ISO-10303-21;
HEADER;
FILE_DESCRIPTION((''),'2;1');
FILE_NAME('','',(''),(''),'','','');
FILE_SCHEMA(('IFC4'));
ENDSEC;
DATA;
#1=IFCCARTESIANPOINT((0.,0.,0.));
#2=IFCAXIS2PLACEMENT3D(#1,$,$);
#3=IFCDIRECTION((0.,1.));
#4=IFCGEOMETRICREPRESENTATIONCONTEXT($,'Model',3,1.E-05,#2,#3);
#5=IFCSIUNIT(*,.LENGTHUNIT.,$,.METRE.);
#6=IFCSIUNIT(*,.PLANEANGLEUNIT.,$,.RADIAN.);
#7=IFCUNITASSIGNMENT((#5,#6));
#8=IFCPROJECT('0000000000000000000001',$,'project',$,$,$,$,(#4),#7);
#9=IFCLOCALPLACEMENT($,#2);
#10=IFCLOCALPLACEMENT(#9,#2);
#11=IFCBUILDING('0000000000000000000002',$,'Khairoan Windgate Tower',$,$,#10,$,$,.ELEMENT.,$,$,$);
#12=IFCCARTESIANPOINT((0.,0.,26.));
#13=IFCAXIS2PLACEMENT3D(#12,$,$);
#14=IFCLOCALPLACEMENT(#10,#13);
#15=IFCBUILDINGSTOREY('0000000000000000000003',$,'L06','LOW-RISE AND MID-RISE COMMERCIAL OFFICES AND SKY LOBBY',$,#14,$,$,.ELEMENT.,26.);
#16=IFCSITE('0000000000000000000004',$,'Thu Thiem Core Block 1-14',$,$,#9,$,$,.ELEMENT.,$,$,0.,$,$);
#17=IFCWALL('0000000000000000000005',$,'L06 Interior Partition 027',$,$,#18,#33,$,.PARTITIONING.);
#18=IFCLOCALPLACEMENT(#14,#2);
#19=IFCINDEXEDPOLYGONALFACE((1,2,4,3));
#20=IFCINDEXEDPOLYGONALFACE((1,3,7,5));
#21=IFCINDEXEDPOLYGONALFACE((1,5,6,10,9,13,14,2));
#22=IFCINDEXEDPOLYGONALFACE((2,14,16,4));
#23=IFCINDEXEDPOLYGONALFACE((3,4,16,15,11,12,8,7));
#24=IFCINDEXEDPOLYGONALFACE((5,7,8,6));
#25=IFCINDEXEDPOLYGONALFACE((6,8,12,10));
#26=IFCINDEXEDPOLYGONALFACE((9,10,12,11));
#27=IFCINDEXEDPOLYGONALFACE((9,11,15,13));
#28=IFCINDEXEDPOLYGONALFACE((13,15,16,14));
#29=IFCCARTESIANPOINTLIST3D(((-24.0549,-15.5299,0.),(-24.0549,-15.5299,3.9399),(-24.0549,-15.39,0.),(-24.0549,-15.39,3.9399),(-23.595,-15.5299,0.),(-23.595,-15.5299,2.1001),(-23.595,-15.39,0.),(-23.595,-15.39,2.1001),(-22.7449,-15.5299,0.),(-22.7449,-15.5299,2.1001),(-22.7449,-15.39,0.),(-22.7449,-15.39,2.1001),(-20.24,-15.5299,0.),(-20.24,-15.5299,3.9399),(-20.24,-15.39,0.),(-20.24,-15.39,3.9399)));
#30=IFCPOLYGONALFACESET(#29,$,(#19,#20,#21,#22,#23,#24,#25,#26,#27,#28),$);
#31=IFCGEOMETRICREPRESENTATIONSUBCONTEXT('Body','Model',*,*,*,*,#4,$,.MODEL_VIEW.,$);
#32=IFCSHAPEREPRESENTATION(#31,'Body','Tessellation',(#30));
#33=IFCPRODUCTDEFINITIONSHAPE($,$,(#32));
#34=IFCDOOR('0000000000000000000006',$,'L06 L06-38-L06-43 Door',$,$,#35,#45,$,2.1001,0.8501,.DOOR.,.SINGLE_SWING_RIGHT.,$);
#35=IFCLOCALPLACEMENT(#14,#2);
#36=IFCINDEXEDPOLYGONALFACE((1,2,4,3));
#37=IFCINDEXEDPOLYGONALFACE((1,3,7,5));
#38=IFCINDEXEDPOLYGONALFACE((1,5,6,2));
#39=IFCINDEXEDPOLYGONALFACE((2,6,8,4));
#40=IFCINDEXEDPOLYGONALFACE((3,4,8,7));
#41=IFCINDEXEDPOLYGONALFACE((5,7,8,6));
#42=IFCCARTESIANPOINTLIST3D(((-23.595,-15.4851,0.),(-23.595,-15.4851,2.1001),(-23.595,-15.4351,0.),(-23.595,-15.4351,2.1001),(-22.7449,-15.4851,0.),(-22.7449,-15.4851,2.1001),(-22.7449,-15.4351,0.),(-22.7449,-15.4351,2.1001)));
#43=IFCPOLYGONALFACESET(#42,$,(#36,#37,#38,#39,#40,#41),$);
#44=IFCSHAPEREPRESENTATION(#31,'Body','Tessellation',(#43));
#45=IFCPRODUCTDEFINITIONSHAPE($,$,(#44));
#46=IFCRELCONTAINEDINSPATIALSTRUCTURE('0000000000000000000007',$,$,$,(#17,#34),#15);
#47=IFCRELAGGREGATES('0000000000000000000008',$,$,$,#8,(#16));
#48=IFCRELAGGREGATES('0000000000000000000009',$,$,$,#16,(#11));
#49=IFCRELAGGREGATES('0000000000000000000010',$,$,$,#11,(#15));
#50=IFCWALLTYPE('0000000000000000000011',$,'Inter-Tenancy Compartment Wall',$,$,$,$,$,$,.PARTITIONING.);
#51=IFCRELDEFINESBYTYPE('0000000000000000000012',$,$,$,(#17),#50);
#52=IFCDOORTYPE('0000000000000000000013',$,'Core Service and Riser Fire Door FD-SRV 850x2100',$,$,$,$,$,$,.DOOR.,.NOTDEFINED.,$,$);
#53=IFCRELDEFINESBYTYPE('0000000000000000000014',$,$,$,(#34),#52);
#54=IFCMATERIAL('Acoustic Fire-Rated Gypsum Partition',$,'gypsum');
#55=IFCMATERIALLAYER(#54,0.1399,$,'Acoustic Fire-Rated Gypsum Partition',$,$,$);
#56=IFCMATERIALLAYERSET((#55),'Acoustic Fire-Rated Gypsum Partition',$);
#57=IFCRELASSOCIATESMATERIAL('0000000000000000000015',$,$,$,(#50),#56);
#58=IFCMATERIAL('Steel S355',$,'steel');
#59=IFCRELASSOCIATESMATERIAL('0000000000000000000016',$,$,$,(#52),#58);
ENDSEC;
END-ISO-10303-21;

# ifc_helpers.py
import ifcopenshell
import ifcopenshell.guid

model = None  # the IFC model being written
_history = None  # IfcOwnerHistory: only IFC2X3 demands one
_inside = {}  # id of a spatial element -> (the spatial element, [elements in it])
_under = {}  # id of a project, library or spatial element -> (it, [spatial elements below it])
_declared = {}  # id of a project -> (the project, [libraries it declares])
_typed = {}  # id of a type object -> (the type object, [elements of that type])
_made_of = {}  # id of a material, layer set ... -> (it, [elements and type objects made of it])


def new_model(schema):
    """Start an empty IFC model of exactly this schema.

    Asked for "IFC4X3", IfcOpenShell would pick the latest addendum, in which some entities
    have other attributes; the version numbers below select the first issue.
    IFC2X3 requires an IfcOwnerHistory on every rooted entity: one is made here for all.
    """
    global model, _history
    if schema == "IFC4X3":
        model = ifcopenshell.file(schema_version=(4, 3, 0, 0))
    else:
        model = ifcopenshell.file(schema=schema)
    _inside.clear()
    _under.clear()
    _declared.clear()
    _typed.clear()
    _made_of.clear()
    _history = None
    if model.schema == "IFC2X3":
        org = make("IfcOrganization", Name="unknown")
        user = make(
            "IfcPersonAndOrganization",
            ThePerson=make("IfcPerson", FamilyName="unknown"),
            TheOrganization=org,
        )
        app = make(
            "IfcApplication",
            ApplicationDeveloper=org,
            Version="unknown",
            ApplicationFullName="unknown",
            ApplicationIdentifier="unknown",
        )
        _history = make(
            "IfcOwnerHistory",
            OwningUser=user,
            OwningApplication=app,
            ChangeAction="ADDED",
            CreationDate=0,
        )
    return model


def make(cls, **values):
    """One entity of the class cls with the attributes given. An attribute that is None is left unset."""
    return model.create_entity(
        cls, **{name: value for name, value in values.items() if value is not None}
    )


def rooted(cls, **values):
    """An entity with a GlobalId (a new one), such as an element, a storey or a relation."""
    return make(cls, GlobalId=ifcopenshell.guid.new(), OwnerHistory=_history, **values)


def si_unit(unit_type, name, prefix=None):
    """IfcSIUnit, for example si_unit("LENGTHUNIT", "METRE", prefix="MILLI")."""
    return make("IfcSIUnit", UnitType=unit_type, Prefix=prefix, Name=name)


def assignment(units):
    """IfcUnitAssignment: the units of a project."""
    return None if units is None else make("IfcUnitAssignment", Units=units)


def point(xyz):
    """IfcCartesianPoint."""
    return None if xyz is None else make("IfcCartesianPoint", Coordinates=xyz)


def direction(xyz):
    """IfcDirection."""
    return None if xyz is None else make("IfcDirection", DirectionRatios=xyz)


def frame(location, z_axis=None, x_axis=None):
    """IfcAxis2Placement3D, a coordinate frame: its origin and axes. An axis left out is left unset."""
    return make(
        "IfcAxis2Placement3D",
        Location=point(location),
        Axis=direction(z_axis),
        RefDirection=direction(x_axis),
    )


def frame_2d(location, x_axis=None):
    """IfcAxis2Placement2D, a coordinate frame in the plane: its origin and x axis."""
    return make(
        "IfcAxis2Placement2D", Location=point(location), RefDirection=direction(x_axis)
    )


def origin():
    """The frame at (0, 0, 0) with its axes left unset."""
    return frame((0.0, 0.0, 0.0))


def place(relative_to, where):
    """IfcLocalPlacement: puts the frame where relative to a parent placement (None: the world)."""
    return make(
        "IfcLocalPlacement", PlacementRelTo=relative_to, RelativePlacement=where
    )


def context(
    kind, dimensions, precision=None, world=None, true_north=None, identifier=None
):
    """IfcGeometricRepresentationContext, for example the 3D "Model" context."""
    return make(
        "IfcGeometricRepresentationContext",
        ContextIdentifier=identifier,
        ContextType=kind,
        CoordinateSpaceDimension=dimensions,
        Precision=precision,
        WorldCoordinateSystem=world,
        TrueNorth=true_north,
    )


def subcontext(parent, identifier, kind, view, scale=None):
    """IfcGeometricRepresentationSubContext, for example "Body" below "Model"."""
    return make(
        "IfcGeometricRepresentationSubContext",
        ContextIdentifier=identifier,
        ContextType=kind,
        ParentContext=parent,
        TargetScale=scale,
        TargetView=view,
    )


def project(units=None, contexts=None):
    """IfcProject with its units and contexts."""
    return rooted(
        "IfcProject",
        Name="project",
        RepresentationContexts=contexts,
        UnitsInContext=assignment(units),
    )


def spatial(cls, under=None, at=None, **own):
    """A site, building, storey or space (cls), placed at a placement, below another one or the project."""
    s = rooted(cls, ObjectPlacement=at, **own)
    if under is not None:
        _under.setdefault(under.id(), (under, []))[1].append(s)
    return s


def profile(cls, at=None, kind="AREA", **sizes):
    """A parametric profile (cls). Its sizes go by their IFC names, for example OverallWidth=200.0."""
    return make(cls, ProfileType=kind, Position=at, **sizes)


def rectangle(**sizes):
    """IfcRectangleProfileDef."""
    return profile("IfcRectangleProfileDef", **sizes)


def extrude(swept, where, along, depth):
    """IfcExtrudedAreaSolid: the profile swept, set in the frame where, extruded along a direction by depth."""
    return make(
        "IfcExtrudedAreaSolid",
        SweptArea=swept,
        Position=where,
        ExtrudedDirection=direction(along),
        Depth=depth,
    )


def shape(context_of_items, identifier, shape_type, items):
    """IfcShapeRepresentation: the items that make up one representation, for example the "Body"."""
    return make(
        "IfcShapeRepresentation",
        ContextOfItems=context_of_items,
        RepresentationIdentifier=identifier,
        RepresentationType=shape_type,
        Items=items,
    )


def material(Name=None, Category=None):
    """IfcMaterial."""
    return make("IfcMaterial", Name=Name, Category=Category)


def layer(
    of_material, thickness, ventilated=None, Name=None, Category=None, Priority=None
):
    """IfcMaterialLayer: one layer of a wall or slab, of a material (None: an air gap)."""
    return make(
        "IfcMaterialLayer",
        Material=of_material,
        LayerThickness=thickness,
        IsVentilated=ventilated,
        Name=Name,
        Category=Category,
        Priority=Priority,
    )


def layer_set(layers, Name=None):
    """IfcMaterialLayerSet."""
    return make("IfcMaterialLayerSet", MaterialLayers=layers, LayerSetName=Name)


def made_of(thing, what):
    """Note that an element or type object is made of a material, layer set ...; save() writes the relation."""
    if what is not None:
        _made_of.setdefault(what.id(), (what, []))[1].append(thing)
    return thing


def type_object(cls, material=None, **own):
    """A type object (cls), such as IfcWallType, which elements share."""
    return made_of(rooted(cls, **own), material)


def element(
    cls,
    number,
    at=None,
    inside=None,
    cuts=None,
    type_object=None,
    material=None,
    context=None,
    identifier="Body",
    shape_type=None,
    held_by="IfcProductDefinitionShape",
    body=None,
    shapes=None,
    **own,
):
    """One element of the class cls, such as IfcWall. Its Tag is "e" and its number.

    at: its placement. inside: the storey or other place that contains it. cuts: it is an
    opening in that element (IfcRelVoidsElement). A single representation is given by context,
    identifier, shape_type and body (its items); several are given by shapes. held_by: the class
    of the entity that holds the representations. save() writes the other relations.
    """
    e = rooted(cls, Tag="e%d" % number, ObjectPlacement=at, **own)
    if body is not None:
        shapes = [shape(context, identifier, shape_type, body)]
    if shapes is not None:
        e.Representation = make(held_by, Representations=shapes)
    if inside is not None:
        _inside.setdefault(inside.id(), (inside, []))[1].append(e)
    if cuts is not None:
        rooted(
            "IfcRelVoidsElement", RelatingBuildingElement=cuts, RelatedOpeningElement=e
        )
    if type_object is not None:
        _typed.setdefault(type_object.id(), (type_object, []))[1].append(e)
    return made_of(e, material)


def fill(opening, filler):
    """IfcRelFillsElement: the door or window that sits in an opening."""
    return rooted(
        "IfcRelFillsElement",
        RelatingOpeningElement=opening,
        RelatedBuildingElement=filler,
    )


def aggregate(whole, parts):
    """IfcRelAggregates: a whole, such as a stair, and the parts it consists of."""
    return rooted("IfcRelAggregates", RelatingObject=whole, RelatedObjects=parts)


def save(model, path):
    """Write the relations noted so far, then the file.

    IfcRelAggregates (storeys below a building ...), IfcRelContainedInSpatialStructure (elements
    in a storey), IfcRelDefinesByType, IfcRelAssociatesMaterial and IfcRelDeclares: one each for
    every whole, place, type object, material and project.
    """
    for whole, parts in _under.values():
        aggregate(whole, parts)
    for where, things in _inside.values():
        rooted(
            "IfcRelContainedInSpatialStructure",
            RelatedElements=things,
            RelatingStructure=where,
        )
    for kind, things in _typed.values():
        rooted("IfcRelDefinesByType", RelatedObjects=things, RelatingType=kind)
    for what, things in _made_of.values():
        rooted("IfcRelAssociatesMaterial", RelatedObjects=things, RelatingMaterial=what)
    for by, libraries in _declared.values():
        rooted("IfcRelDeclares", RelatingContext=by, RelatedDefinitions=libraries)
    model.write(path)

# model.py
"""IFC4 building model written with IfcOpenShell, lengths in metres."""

from ifc_helpers import new_model, si_unit, direction, frame, frame_2d, origin, place, context, subcontext, project, spatial, rectangle, extrude, material, layer, layer_set, type_object, element, fill, save


model = new_model("IFC4")

# Units and contexts
model_context = context("Model", 3, precision=1e-05, world=origin(), true_north=direction((0.0, 1.0)))
body_context = subcontext(model_context, "Body", "Model", "MODEL_VIEW")
ifc_project = project(units=[si_unit("LENGTHUNIT", "METRE"), si_unit("PLANEANGLEUNIT", "RADIAN")], contexts=[model_context])

# Site, building, storey
site_placement = place(None, origin())
site = spatial("IfcSite", under=ifc_project, at=site_placement, Name="Thu Thiem Core Block 1-14", CompositionType="ELEMENT", RefElevation=0.0)
building_placement = place(site_placement, origin())
building = spatial("IfcBuilding", under=site, at=building_placement, Name="Khairoan Windgate Tower", CompositionType="ELEMENT")
storey_placement = place(building_placement, frame((0.0, 0.0, 26.0)))
storey = spatial("IfcBuildingStorey", under=building, at=storey_placement, Name="L06", Description="LOW-RISE AND MID-RISE COMMERCIAL OFFICES AND SKY LOBBY", CompositionType="ELEMENT", Elevation=26.0)

# Wall, opening, door
ifc_material_1 = material(Name="Acoustic Fire-Rated Gypsum Partition", Category="gypsum")
ifc_layer_1 = layer(ifc_material_1, 0.1399, Name="Acoustic Fire-Rated Gypsum Partition")
ifc_layer_set_1 = layer_set([ifc_layer_1], Name="Acoustic Fire-Rated Gypsum Partition")
wall_type = type_object("IfcWallType", Name="Inter-Tenancy Compartment Wall", PredefinedType="PARTITIONING", material=ifc_layer_set_1)
wall_placement = place(storey_placement, frame((-24.0549, -15.46, 0.0), z_axis=(0.0, 0.0, 1.0), x_axis=(1.0, 0.0, 0.0)))
wall = element("IfcWall", 1, at=wall_placement, inside=storey, type_object=wall_type, Name="L06 Interior Partition 027", PredefinedType="PARTITIONING", context=body_context, shape_type="SweptSolid", body=[
    extrude(rectangle(XDim=3.8149, YDim=0.1399, at=frame_2d((1.9075, 0.0))), origin(), (0.0, 0.0, 1.0), 3.9399),
])
opening_placement = place(wall_placement, frame((0.46, 0.0, 0.0)))
opening = element("IfcOpeningElement", 2, at=opening_placement, cuts=wall, PredefinedType="OPENING", context=body_context, shape_type="SweptSolid", body=[
    extrude(rectangle(XDim=0.8501, YDim=2.1001, at=frame_2d((0.425, 1.05))), frame((0.0, 0.0798, 0.0), z_axis=(0.0, -1.0, 0.0), x_axis=(1.0, 0.0, 0.0)), (0.0, 0.0, 1.0), 0.1599),
])
ifc_material_2 = material(Name="Steel S355", Category="steel")
door_type = type_object("IfcDoorType", Name="Core Service and Riser Fire Door FD-SRV 850x2100", OperationType="NOTDEFINED", PredefinedType="DOOR", material=ifc_material_2)
door_placement = place(opening_placement, origin())
door = element("IfcDoor", 3, at=door_placement, inside=storey, type_object=door_type, Name="L06 L06-38-L06-43 Door", OperationType="SINGLE_SWING_RIGHT", OverallHeight=2.1001, OverallWidth=0.8501, PredefinedType="DOOR", context=body_context, shape_type="SweptSolid", body=[
    extrude(rectangle(XDim=0.8501, YDim=2.1001, at=frame_2d((0.425, 1.05))), frame((0.0, 0.0249, 0.0), z_axis=(0.0, -1.0, 0.0), x_axis=(1.0, 0.0, 0.0)), (0.0, 0.0, 1.0), 0.05),
])
fill(opening, door)

save(model, "model.ifc")
